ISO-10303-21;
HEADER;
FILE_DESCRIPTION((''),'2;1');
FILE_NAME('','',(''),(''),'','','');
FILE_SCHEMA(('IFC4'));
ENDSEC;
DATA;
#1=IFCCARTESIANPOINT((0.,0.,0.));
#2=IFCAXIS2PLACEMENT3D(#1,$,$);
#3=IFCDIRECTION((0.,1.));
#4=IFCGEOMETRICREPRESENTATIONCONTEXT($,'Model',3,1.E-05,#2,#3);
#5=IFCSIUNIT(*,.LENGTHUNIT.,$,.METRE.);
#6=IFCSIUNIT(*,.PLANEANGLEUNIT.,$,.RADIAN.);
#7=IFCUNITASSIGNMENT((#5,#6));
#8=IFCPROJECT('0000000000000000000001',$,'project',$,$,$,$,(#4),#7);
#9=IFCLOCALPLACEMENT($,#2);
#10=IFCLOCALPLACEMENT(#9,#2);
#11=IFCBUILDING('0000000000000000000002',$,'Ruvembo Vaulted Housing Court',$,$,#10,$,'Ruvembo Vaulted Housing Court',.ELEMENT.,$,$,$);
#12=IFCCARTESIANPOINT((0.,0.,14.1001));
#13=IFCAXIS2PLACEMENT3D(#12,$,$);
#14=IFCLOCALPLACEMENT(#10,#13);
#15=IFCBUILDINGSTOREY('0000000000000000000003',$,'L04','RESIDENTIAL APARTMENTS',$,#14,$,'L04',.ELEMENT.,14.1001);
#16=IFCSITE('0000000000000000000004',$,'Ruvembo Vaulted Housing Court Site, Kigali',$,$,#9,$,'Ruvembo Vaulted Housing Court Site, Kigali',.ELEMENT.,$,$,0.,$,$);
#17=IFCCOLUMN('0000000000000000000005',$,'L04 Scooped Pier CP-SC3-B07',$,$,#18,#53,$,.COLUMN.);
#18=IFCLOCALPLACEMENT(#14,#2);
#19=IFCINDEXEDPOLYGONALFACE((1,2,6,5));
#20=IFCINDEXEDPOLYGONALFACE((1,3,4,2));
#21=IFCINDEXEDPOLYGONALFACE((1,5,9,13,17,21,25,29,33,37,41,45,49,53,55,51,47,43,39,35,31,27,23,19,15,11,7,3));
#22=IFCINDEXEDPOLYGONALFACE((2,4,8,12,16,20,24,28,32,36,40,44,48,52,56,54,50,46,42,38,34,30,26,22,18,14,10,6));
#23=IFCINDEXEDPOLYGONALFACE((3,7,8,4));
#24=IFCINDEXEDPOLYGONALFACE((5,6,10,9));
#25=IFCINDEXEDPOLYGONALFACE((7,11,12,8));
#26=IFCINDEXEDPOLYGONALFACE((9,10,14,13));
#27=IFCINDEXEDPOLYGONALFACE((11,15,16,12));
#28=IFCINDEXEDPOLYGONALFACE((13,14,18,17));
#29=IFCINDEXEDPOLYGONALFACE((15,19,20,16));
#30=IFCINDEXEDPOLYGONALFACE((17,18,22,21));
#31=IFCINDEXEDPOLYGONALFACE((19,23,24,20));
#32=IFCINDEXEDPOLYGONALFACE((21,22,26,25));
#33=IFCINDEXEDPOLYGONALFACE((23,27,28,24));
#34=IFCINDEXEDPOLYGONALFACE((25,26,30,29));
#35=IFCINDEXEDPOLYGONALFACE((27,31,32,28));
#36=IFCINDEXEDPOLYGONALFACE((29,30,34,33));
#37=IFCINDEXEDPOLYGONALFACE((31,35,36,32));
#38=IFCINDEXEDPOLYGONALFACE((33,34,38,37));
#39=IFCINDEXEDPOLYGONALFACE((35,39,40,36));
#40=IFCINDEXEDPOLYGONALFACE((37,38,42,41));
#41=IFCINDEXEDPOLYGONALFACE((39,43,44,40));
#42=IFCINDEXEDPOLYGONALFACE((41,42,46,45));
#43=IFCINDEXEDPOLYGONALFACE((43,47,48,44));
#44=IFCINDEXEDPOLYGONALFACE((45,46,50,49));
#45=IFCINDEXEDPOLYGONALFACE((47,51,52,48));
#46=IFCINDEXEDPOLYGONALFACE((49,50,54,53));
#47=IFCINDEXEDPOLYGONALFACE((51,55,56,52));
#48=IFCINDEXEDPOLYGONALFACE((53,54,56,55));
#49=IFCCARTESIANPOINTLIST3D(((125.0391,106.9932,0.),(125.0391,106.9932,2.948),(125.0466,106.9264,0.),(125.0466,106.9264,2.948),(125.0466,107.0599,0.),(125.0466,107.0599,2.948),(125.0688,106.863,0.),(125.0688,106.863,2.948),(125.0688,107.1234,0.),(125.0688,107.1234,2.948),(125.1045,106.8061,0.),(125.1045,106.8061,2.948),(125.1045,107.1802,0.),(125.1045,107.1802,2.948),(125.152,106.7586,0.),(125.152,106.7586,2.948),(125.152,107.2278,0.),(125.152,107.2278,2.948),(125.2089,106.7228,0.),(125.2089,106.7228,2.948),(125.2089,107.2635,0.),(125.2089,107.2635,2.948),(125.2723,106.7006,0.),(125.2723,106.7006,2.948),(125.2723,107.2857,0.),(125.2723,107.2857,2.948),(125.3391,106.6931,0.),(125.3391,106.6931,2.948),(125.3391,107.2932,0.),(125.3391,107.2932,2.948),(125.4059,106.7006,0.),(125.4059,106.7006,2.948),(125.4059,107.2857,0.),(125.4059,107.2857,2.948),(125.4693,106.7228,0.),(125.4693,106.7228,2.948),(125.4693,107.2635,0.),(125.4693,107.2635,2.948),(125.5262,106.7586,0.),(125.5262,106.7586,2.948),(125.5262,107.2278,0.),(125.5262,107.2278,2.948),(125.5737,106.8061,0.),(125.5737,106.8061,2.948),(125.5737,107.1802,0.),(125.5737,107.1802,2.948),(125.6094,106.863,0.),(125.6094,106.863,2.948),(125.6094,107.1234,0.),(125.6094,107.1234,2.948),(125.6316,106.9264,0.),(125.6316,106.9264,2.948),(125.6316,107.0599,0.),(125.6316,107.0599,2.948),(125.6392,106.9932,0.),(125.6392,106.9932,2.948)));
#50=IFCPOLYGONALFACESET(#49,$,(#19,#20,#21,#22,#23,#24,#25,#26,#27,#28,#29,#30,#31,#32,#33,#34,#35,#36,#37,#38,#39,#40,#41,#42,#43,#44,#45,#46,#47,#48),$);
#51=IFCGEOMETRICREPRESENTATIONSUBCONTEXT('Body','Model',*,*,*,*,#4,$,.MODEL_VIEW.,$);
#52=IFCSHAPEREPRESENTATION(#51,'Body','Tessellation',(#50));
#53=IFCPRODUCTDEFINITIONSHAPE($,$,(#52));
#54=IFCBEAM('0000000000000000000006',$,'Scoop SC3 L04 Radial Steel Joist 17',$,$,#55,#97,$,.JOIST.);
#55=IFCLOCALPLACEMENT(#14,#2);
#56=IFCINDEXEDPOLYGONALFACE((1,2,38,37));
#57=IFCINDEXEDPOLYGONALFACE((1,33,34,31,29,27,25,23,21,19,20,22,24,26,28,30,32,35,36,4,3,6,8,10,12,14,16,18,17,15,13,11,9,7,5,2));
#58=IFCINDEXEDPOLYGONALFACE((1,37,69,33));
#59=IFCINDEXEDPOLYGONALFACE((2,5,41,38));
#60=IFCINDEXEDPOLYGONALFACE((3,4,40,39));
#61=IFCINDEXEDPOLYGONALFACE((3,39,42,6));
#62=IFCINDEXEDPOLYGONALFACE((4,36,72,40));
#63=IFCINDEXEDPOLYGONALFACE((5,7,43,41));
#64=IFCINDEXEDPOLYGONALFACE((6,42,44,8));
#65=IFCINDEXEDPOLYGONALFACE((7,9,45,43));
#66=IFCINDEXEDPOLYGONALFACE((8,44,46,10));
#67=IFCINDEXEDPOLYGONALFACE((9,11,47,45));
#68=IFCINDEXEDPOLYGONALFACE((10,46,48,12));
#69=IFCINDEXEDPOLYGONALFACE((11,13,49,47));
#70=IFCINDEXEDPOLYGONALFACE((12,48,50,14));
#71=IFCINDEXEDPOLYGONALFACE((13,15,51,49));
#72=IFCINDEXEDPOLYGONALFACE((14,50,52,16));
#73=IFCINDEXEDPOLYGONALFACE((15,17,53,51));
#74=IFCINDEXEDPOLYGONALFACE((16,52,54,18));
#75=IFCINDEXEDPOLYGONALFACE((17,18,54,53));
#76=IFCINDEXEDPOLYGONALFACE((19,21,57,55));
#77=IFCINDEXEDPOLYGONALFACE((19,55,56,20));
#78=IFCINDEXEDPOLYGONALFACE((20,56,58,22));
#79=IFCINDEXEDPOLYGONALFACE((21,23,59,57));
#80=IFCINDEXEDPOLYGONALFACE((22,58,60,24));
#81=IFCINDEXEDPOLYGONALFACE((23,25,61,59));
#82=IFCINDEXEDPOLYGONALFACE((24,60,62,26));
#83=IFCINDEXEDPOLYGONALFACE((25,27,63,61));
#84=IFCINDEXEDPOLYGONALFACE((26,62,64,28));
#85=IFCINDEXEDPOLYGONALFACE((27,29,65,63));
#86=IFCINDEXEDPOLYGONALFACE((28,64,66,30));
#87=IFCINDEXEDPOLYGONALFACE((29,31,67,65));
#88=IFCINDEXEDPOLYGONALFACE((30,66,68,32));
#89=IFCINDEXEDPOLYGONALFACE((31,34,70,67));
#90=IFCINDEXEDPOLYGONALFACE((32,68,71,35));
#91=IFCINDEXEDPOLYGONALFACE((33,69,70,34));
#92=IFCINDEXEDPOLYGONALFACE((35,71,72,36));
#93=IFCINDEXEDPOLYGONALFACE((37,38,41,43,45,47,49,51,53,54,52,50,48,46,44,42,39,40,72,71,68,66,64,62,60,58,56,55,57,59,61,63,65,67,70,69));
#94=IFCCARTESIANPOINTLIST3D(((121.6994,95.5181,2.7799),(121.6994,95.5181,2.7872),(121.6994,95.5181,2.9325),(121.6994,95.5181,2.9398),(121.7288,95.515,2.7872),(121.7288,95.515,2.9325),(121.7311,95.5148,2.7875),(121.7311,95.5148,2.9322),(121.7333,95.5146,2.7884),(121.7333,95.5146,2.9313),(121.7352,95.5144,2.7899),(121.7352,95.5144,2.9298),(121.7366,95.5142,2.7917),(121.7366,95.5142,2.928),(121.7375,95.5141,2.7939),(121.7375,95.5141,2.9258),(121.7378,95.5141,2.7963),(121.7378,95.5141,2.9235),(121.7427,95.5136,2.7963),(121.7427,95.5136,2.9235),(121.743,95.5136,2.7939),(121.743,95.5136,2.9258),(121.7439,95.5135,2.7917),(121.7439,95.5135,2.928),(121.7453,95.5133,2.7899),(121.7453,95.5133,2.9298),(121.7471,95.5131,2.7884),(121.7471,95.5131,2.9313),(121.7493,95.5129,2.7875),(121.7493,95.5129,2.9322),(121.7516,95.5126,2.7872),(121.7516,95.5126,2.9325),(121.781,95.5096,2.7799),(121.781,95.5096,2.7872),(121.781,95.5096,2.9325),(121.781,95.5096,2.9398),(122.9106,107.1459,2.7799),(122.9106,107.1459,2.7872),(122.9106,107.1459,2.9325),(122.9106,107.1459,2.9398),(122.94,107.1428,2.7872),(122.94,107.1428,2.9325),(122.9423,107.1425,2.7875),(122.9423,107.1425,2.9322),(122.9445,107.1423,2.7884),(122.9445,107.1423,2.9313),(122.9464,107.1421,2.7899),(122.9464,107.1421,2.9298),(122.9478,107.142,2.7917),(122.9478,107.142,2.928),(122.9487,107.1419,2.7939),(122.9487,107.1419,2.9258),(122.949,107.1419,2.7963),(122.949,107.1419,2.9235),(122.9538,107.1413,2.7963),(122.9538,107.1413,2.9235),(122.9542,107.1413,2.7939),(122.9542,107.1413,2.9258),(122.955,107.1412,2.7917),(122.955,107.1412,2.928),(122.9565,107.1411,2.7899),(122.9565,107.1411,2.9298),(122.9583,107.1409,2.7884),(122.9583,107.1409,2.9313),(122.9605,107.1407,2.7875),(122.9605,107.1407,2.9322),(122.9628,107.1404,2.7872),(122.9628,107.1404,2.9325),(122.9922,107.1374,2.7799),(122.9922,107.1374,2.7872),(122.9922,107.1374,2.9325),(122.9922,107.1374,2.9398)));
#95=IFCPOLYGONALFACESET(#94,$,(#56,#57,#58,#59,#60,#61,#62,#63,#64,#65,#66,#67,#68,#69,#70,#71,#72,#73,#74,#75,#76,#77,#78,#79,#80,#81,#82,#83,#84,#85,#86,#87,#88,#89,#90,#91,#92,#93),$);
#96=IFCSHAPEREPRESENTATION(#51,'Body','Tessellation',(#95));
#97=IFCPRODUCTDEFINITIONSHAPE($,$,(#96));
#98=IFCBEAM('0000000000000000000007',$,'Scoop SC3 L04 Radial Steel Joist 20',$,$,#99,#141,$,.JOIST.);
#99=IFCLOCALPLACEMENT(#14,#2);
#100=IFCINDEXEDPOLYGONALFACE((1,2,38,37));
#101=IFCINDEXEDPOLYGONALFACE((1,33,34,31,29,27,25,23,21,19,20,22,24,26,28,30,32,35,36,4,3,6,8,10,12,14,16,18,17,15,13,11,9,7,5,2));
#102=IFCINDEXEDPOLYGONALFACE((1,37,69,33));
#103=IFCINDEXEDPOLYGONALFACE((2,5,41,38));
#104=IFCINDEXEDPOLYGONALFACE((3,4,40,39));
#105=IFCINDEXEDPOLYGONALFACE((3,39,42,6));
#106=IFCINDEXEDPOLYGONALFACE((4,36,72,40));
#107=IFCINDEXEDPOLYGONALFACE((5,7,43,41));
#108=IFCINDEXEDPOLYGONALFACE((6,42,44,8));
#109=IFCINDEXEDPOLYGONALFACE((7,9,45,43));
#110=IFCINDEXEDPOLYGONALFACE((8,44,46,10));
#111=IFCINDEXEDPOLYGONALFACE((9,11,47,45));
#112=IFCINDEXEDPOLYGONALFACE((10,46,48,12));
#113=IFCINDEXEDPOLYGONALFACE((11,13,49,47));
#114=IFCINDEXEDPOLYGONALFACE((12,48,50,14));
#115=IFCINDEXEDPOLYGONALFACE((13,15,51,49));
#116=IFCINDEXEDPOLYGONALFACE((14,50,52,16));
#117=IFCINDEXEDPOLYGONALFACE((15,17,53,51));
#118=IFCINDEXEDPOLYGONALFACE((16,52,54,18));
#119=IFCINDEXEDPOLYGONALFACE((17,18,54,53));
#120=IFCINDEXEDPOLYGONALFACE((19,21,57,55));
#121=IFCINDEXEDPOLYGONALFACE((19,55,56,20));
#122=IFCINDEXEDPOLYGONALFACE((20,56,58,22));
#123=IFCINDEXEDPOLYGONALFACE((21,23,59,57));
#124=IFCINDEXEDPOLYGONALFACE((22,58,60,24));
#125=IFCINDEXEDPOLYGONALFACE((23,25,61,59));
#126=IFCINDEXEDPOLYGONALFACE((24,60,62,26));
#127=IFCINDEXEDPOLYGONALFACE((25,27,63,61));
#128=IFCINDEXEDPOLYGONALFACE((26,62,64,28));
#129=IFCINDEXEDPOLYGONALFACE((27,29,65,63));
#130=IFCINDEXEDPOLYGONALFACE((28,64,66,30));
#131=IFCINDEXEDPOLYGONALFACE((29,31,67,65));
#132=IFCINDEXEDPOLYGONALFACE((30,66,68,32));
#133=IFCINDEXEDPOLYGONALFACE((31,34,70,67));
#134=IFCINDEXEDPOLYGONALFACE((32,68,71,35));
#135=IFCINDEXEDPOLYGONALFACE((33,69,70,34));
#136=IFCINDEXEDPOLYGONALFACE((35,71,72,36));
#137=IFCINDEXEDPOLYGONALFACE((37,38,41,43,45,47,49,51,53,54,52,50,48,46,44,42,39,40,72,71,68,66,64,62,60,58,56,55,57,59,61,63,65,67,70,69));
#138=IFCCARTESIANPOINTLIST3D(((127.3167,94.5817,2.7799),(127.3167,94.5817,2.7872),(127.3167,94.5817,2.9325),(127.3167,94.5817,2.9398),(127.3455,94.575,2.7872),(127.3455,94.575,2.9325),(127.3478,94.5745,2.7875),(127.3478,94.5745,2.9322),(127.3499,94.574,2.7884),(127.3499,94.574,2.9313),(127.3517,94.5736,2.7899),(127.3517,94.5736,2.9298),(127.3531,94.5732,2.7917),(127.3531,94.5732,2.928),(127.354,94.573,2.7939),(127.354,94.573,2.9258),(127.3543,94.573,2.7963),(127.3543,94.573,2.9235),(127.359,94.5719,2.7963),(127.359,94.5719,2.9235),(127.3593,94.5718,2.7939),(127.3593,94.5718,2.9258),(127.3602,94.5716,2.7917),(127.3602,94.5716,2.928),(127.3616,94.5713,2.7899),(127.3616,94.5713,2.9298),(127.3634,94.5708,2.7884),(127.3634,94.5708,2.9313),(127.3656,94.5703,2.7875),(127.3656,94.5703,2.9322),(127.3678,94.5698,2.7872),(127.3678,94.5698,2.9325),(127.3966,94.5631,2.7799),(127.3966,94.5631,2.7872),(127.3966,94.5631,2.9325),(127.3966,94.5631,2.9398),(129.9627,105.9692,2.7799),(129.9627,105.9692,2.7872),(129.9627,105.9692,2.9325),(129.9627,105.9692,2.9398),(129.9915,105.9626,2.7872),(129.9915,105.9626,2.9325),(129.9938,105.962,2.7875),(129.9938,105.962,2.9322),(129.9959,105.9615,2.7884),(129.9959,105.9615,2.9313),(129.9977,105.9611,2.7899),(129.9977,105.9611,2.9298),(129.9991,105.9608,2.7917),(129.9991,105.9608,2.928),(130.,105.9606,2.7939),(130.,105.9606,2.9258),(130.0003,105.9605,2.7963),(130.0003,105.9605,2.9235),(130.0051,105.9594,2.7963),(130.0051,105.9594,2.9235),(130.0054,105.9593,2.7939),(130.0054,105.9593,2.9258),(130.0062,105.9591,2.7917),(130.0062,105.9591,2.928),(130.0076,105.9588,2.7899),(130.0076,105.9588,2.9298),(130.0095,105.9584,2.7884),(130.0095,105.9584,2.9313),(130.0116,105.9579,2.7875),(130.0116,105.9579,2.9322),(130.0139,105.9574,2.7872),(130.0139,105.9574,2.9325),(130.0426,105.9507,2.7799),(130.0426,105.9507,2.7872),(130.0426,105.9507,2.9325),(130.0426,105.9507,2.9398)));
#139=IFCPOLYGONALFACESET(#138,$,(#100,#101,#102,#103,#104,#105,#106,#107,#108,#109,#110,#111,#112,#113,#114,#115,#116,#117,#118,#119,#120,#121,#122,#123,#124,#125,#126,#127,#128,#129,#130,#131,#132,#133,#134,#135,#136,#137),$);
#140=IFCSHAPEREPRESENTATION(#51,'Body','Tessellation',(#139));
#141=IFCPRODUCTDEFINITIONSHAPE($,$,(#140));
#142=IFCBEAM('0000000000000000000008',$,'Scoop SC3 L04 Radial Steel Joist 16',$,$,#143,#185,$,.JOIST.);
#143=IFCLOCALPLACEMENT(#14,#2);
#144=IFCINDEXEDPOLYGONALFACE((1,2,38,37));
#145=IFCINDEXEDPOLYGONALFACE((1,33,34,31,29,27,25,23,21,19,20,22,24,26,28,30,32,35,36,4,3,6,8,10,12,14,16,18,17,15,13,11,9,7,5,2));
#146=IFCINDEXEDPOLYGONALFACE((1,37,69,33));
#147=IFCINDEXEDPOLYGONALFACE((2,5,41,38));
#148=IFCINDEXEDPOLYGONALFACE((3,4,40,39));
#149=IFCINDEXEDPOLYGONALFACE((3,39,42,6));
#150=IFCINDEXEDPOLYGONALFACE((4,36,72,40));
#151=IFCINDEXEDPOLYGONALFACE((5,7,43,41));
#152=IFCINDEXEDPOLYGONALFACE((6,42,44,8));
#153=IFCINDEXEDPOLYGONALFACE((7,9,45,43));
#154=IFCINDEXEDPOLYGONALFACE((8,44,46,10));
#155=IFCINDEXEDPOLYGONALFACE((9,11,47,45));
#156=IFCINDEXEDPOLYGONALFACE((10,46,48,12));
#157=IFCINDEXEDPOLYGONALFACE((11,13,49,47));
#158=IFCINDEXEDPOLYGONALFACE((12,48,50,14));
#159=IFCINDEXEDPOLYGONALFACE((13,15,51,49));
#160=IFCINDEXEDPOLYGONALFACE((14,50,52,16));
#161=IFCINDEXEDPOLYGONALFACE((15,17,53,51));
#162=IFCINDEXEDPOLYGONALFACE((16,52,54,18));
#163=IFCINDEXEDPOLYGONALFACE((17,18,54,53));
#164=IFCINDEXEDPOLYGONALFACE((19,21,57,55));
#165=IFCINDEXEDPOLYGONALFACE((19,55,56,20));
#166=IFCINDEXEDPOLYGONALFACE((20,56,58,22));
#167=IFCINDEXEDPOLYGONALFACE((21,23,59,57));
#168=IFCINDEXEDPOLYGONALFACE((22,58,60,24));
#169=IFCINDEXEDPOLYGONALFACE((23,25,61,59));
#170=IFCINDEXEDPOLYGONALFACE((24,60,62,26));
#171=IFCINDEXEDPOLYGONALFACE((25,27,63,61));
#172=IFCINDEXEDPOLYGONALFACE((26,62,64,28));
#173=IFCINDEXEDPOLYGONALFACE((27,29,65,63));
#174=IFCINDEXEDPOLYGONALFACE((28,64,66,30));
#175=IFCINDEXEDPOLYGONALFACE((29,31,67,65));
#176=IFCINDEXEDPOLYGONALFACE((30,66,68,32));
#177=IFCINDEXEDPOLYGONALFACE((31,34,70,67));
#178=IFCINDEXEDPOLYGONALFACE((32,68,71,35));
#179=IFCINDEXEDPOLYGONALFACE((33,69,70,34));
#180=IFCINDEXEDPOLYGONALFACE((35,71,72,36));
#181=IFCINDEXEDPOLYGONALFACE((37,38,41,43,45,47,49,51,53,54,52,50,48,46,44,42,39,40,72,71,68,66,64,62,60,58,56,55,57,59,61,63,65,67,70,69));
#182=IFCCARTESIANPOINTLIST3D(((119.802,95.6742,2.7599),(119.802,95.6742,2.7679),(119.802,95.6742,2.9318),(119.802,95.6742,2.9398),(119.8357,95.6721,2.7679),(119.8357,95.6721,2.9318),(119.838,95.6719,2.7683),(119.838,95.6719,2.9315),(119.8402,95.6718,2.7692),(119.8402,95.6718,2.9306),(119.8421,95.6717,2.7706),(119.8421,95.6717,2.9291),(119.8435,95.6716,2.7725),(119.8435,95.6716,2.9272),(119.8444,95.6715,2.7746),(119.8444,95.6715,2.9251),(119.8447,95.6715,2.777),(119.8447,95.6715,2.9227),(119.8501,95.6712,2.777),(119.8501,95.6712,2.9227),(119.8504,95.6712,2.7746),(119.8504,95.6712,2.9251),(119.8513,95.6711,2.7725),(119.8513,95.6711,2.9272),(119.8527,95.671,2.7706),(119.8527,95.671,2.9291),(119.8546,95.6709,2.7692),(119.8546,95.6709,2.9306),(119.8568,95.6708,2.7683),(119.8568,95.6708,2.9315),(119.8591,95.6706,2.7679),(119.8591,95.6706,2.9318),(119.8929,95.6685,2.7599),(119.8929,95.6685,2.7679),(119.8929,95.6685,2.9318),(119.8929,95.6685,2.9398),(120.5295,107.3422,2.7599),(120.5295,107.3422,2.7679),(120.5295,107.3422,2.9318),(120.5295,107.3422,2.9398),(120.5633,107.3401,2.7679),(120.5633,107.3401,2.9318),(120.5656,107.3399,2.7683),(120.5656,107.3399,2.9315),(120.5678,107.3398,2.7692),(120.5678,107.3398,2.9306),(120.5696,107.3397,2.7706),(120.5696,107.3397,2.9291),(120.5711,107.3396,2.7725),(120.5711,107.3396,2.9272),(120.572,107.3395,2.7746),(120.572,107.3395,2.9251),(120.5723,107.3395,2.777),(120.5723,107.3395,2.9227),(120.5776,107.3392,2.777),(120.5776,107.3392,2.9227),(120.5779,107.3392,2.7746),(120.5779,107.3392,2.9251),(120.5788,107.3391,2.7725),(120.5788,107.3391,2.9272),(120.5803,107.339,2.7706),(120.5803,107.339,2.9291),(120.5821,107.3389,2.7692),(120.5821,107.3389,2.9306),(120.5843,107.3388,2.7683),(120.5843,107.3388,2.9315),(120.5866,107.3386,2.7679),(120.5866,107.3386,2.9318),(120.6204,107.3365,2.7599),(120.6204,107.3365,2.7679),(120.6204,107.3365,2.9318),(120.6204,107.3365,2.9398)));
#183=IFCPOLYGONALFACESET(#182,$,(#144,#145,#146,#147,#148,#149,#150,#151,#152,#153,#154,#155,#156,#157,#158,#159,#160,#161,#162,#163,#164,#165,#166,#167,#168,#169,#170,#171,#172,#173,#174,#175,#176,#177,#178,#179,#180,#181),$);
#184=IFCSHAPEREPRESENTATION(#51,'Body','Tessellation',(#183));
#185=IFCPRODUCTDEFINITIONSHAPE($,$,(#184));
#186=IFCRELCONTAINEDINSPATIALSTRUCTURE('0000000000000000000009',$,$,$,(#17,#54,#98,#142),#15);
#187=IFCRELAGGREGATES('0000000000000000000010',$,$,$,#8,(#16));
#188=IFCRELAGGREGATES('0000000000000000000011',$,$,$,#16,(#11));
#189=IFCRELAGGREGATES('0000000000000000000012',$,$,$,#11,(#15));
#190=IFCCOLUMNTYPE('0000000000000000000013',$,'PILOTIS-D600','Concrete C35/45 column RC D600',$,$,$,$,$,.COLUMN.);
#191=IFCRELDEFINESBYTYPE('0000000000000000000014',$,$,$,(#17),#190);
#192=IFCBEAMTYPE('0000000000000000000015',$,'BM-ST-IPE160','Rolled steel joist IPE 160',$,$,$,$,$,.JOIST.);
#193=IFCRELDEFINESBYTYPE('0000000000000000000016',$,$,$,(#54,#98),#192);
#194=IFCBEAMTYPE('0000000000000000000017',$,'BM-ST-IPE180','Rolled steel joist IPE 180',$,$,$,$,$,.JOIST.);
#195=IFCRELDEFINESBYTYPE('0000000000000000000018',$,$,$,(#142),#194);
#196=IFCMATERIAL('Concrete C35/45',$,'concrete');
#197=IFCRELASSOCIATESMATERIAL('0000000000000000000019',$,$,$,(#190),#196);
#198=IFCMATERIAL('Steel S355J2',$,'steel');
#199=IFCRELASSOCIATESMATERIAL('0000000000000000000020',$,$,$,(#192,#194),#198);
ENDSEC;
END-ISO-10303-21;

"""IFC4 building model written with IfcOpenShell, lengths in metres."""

from ifc_helpers import new_model, si_unit, direction, frame, origin, origin_2d, place, context, subcontext, project, spatial, circle, i_section, extrude, material, material_profile, profile_set, type_object, element, save


model = new_model("IFC4")

# Units and contexts
model_context = context("Model", 3, precision=1e-05, world=origin(), true_north=direction((0.0, 1.0)))
body_context = subcontext(model_context, "Body", "Model", "MODEL_VIEW")
ifc_project = project(units=[si_unit("LENGTHUNIT", "METRE"), si_unit("PLANEANGLEUNIT", "RADIAN")], contexts=[model_context])

# Site, building, storey
site_placement = place(None, origin())
site = spatial("IfcSite", under=ifc_project, at=site_placement, Name="Ruvembo Vaulted Housing Court Site, Kigali", LongName="Ruvembo Vaulted Housing Court Site, Kigali", CompositionType="ELEMENT", RefElevation=0.0)
building_placement = place(site_placement, origin())
building = spatial("IfcBuilding", under=site, at=building_placement, Name="Ruvembo Vaulted Housing Court", LongName="Ruvembo Vaulted Housing Court", CompositionType="ELEMENT")
storey_placement = place(building_placement, frame((0.0, 0.0, 14.1001)))
storey = spatial("IfcBuildingStorey", under=building, at=storey_placement, Name="L04", Description="RESIDENTIAL APARTMENTS", LongName="L04", CompositionType="ELEMENT", Elevation=14.1001)

# Column
ifc_material_1 = material(Name="Concrete C35/45", Category="concrete")
ifc_material_profile_1 = material_profile(ifc_material_1, circle(Radius=0.3, at=origin_2d()), Name="RC D600")
ifc_profile_set_1 = profile_set([ifc_material_profile_1], Name="Concrete C35/45")
column_type = type_object("IfcColumnType", Name="PILOTIS-D600", Description="Concrete C35/45 column RC D600", PredefinedType="COLUMN", material=ifc_profile_set_1)
column_placement = place(storey_placement, frame((125.3391, 106.9932, 0.0), z_axis=(0.0, 0.0, 1.0), x_axis=(1.0, 0.0, 0.0)))
element("IfcColumn", 1, at=column_placement, inside=storey, type_object=column_type, Name="L04 Scooped Pier CP-SC3-B07", PredefinedType="COLUMN", context=body_context, shape_type="SweptSolid", body=[
    extrude(circle(Radius=0.3, at=origin_2d()), origin(), (0.0, 0.0, 1.0), 2.948),
])

# Beams
ifc_material_2 = material(Name="Steel S355J2", Category="steel")
ifc_material_profile_2 = material_profile(ifc_material_2, i_section(OverallWidth=0.082, OverallDepth=0.1599, WebThickness=0.0049, FlangeThickness=0.0073, FilletRadius=0.009, at=origin_2d()), Name="IPE 160")
ifc_profile_set_2 = profile_set([ifc_material_profile_2], Name="Steel S355J2")
beam_type_1 = type_object("IfcBeamType", Name="BM-ST-IPE160", Description="Rolled steel joist IPE 160", PredefinedType="JOIST", material=ifc_profile_set_2)
beam_1_placement = place(storey_placement, frame((122.9514, 107.1416, 2.8599), z_axis=(-0.103603, -0.994619, 0.0), x_axis=(0.994619, -0.103603, 0.0)))
element("IfcBeam", 2, at=beam_1_placement, inside=storey, type_object=beam_type_1, Name="Scoop SC3 L04 Radial Steel Joist 17", PredefinedType="JOIST", context=body_context, shape_type="SweptSolid", body=[
    extrude(i_section(OverallWidth=0.082, OverallDepth=0.1599, WebThickness=0.0049, FlangeThickness=0.0073, FilletRadius=0.009, at=origin_2d()), origin(), (0.0, 0.0, 1.0), 11.6907),
])
beam_2_placement = place(storey_placement, frame((130.0027, 105.96, 2.8599), z_axis=(-0.226331, -0.97405, 0.0), x_axis=(0.97405, -0.226331, 0.0)))
element("IfcBeam", 3, at=beam_2_placement, inside=storey, type_object=beam_type_1, Name="Scoop SC3 L04 Radial Steel Joist 20", PredefinedType="JOIST", context=body_context, shape_type="SweptSolid", body=[
    extrude(i_section(OverallWidth=0.082, OverallDepth=0.1599, WebThickness=0.0049, FlangeThickness=0.0073, FilletRadius=0.009, at=origin_2d()), origin(), (0.0, 0.0, 1.0), 11.6909),
])
ifc_material_profile_3 = material_profile(ifc_material_2, i_section(OverallWidth=0.0911, OverallDepth=0.1799, WebThickness=0.0054, FlangeThickness=0.0081, FilletRadius=0.009, at=origin_2d()), Name="IPE 180")
ifc_profile_set_3 = profile_set([ifc_material_profile_3], Name="Steel S355J2")
beam_type_2 = type_object("IfcBeamType", Name="BM-ST-IPE180", Description="Rolled steel joist IPE 180", PredefinedType="JOIST", material=ifc_profile_set_3)
for number, where, z_axis, x_axis, name in (
    (4, (120.575, 107.3394, 2.8499), (-0.062233, -0.998062, 0.0), (0.998062, -0.062233, 0.0), "Scoop SC3 L04 Radial Steel Joist 16"),
):
    element("IfcBeam", number, at=place(storey_placement, frame(where, z_axis=z_axis, x_axis=x_axis)), inside=storey, type_object=beam_type_2, Name=name, PredefinedType="JOIST", context=body_context, shape_type="SweptSolid", body=[
        extrude(i_section(OverallWidth=0.0911, OverallDepth=0.1799, WebThickness=0.0054, FlangeThickness=0.0081, FilletRadius=0.009, at=origin_2d()), origin(), (0.0, 0.0, 1.0), 11.6907),
    ])

save(model, "model.ifc")
